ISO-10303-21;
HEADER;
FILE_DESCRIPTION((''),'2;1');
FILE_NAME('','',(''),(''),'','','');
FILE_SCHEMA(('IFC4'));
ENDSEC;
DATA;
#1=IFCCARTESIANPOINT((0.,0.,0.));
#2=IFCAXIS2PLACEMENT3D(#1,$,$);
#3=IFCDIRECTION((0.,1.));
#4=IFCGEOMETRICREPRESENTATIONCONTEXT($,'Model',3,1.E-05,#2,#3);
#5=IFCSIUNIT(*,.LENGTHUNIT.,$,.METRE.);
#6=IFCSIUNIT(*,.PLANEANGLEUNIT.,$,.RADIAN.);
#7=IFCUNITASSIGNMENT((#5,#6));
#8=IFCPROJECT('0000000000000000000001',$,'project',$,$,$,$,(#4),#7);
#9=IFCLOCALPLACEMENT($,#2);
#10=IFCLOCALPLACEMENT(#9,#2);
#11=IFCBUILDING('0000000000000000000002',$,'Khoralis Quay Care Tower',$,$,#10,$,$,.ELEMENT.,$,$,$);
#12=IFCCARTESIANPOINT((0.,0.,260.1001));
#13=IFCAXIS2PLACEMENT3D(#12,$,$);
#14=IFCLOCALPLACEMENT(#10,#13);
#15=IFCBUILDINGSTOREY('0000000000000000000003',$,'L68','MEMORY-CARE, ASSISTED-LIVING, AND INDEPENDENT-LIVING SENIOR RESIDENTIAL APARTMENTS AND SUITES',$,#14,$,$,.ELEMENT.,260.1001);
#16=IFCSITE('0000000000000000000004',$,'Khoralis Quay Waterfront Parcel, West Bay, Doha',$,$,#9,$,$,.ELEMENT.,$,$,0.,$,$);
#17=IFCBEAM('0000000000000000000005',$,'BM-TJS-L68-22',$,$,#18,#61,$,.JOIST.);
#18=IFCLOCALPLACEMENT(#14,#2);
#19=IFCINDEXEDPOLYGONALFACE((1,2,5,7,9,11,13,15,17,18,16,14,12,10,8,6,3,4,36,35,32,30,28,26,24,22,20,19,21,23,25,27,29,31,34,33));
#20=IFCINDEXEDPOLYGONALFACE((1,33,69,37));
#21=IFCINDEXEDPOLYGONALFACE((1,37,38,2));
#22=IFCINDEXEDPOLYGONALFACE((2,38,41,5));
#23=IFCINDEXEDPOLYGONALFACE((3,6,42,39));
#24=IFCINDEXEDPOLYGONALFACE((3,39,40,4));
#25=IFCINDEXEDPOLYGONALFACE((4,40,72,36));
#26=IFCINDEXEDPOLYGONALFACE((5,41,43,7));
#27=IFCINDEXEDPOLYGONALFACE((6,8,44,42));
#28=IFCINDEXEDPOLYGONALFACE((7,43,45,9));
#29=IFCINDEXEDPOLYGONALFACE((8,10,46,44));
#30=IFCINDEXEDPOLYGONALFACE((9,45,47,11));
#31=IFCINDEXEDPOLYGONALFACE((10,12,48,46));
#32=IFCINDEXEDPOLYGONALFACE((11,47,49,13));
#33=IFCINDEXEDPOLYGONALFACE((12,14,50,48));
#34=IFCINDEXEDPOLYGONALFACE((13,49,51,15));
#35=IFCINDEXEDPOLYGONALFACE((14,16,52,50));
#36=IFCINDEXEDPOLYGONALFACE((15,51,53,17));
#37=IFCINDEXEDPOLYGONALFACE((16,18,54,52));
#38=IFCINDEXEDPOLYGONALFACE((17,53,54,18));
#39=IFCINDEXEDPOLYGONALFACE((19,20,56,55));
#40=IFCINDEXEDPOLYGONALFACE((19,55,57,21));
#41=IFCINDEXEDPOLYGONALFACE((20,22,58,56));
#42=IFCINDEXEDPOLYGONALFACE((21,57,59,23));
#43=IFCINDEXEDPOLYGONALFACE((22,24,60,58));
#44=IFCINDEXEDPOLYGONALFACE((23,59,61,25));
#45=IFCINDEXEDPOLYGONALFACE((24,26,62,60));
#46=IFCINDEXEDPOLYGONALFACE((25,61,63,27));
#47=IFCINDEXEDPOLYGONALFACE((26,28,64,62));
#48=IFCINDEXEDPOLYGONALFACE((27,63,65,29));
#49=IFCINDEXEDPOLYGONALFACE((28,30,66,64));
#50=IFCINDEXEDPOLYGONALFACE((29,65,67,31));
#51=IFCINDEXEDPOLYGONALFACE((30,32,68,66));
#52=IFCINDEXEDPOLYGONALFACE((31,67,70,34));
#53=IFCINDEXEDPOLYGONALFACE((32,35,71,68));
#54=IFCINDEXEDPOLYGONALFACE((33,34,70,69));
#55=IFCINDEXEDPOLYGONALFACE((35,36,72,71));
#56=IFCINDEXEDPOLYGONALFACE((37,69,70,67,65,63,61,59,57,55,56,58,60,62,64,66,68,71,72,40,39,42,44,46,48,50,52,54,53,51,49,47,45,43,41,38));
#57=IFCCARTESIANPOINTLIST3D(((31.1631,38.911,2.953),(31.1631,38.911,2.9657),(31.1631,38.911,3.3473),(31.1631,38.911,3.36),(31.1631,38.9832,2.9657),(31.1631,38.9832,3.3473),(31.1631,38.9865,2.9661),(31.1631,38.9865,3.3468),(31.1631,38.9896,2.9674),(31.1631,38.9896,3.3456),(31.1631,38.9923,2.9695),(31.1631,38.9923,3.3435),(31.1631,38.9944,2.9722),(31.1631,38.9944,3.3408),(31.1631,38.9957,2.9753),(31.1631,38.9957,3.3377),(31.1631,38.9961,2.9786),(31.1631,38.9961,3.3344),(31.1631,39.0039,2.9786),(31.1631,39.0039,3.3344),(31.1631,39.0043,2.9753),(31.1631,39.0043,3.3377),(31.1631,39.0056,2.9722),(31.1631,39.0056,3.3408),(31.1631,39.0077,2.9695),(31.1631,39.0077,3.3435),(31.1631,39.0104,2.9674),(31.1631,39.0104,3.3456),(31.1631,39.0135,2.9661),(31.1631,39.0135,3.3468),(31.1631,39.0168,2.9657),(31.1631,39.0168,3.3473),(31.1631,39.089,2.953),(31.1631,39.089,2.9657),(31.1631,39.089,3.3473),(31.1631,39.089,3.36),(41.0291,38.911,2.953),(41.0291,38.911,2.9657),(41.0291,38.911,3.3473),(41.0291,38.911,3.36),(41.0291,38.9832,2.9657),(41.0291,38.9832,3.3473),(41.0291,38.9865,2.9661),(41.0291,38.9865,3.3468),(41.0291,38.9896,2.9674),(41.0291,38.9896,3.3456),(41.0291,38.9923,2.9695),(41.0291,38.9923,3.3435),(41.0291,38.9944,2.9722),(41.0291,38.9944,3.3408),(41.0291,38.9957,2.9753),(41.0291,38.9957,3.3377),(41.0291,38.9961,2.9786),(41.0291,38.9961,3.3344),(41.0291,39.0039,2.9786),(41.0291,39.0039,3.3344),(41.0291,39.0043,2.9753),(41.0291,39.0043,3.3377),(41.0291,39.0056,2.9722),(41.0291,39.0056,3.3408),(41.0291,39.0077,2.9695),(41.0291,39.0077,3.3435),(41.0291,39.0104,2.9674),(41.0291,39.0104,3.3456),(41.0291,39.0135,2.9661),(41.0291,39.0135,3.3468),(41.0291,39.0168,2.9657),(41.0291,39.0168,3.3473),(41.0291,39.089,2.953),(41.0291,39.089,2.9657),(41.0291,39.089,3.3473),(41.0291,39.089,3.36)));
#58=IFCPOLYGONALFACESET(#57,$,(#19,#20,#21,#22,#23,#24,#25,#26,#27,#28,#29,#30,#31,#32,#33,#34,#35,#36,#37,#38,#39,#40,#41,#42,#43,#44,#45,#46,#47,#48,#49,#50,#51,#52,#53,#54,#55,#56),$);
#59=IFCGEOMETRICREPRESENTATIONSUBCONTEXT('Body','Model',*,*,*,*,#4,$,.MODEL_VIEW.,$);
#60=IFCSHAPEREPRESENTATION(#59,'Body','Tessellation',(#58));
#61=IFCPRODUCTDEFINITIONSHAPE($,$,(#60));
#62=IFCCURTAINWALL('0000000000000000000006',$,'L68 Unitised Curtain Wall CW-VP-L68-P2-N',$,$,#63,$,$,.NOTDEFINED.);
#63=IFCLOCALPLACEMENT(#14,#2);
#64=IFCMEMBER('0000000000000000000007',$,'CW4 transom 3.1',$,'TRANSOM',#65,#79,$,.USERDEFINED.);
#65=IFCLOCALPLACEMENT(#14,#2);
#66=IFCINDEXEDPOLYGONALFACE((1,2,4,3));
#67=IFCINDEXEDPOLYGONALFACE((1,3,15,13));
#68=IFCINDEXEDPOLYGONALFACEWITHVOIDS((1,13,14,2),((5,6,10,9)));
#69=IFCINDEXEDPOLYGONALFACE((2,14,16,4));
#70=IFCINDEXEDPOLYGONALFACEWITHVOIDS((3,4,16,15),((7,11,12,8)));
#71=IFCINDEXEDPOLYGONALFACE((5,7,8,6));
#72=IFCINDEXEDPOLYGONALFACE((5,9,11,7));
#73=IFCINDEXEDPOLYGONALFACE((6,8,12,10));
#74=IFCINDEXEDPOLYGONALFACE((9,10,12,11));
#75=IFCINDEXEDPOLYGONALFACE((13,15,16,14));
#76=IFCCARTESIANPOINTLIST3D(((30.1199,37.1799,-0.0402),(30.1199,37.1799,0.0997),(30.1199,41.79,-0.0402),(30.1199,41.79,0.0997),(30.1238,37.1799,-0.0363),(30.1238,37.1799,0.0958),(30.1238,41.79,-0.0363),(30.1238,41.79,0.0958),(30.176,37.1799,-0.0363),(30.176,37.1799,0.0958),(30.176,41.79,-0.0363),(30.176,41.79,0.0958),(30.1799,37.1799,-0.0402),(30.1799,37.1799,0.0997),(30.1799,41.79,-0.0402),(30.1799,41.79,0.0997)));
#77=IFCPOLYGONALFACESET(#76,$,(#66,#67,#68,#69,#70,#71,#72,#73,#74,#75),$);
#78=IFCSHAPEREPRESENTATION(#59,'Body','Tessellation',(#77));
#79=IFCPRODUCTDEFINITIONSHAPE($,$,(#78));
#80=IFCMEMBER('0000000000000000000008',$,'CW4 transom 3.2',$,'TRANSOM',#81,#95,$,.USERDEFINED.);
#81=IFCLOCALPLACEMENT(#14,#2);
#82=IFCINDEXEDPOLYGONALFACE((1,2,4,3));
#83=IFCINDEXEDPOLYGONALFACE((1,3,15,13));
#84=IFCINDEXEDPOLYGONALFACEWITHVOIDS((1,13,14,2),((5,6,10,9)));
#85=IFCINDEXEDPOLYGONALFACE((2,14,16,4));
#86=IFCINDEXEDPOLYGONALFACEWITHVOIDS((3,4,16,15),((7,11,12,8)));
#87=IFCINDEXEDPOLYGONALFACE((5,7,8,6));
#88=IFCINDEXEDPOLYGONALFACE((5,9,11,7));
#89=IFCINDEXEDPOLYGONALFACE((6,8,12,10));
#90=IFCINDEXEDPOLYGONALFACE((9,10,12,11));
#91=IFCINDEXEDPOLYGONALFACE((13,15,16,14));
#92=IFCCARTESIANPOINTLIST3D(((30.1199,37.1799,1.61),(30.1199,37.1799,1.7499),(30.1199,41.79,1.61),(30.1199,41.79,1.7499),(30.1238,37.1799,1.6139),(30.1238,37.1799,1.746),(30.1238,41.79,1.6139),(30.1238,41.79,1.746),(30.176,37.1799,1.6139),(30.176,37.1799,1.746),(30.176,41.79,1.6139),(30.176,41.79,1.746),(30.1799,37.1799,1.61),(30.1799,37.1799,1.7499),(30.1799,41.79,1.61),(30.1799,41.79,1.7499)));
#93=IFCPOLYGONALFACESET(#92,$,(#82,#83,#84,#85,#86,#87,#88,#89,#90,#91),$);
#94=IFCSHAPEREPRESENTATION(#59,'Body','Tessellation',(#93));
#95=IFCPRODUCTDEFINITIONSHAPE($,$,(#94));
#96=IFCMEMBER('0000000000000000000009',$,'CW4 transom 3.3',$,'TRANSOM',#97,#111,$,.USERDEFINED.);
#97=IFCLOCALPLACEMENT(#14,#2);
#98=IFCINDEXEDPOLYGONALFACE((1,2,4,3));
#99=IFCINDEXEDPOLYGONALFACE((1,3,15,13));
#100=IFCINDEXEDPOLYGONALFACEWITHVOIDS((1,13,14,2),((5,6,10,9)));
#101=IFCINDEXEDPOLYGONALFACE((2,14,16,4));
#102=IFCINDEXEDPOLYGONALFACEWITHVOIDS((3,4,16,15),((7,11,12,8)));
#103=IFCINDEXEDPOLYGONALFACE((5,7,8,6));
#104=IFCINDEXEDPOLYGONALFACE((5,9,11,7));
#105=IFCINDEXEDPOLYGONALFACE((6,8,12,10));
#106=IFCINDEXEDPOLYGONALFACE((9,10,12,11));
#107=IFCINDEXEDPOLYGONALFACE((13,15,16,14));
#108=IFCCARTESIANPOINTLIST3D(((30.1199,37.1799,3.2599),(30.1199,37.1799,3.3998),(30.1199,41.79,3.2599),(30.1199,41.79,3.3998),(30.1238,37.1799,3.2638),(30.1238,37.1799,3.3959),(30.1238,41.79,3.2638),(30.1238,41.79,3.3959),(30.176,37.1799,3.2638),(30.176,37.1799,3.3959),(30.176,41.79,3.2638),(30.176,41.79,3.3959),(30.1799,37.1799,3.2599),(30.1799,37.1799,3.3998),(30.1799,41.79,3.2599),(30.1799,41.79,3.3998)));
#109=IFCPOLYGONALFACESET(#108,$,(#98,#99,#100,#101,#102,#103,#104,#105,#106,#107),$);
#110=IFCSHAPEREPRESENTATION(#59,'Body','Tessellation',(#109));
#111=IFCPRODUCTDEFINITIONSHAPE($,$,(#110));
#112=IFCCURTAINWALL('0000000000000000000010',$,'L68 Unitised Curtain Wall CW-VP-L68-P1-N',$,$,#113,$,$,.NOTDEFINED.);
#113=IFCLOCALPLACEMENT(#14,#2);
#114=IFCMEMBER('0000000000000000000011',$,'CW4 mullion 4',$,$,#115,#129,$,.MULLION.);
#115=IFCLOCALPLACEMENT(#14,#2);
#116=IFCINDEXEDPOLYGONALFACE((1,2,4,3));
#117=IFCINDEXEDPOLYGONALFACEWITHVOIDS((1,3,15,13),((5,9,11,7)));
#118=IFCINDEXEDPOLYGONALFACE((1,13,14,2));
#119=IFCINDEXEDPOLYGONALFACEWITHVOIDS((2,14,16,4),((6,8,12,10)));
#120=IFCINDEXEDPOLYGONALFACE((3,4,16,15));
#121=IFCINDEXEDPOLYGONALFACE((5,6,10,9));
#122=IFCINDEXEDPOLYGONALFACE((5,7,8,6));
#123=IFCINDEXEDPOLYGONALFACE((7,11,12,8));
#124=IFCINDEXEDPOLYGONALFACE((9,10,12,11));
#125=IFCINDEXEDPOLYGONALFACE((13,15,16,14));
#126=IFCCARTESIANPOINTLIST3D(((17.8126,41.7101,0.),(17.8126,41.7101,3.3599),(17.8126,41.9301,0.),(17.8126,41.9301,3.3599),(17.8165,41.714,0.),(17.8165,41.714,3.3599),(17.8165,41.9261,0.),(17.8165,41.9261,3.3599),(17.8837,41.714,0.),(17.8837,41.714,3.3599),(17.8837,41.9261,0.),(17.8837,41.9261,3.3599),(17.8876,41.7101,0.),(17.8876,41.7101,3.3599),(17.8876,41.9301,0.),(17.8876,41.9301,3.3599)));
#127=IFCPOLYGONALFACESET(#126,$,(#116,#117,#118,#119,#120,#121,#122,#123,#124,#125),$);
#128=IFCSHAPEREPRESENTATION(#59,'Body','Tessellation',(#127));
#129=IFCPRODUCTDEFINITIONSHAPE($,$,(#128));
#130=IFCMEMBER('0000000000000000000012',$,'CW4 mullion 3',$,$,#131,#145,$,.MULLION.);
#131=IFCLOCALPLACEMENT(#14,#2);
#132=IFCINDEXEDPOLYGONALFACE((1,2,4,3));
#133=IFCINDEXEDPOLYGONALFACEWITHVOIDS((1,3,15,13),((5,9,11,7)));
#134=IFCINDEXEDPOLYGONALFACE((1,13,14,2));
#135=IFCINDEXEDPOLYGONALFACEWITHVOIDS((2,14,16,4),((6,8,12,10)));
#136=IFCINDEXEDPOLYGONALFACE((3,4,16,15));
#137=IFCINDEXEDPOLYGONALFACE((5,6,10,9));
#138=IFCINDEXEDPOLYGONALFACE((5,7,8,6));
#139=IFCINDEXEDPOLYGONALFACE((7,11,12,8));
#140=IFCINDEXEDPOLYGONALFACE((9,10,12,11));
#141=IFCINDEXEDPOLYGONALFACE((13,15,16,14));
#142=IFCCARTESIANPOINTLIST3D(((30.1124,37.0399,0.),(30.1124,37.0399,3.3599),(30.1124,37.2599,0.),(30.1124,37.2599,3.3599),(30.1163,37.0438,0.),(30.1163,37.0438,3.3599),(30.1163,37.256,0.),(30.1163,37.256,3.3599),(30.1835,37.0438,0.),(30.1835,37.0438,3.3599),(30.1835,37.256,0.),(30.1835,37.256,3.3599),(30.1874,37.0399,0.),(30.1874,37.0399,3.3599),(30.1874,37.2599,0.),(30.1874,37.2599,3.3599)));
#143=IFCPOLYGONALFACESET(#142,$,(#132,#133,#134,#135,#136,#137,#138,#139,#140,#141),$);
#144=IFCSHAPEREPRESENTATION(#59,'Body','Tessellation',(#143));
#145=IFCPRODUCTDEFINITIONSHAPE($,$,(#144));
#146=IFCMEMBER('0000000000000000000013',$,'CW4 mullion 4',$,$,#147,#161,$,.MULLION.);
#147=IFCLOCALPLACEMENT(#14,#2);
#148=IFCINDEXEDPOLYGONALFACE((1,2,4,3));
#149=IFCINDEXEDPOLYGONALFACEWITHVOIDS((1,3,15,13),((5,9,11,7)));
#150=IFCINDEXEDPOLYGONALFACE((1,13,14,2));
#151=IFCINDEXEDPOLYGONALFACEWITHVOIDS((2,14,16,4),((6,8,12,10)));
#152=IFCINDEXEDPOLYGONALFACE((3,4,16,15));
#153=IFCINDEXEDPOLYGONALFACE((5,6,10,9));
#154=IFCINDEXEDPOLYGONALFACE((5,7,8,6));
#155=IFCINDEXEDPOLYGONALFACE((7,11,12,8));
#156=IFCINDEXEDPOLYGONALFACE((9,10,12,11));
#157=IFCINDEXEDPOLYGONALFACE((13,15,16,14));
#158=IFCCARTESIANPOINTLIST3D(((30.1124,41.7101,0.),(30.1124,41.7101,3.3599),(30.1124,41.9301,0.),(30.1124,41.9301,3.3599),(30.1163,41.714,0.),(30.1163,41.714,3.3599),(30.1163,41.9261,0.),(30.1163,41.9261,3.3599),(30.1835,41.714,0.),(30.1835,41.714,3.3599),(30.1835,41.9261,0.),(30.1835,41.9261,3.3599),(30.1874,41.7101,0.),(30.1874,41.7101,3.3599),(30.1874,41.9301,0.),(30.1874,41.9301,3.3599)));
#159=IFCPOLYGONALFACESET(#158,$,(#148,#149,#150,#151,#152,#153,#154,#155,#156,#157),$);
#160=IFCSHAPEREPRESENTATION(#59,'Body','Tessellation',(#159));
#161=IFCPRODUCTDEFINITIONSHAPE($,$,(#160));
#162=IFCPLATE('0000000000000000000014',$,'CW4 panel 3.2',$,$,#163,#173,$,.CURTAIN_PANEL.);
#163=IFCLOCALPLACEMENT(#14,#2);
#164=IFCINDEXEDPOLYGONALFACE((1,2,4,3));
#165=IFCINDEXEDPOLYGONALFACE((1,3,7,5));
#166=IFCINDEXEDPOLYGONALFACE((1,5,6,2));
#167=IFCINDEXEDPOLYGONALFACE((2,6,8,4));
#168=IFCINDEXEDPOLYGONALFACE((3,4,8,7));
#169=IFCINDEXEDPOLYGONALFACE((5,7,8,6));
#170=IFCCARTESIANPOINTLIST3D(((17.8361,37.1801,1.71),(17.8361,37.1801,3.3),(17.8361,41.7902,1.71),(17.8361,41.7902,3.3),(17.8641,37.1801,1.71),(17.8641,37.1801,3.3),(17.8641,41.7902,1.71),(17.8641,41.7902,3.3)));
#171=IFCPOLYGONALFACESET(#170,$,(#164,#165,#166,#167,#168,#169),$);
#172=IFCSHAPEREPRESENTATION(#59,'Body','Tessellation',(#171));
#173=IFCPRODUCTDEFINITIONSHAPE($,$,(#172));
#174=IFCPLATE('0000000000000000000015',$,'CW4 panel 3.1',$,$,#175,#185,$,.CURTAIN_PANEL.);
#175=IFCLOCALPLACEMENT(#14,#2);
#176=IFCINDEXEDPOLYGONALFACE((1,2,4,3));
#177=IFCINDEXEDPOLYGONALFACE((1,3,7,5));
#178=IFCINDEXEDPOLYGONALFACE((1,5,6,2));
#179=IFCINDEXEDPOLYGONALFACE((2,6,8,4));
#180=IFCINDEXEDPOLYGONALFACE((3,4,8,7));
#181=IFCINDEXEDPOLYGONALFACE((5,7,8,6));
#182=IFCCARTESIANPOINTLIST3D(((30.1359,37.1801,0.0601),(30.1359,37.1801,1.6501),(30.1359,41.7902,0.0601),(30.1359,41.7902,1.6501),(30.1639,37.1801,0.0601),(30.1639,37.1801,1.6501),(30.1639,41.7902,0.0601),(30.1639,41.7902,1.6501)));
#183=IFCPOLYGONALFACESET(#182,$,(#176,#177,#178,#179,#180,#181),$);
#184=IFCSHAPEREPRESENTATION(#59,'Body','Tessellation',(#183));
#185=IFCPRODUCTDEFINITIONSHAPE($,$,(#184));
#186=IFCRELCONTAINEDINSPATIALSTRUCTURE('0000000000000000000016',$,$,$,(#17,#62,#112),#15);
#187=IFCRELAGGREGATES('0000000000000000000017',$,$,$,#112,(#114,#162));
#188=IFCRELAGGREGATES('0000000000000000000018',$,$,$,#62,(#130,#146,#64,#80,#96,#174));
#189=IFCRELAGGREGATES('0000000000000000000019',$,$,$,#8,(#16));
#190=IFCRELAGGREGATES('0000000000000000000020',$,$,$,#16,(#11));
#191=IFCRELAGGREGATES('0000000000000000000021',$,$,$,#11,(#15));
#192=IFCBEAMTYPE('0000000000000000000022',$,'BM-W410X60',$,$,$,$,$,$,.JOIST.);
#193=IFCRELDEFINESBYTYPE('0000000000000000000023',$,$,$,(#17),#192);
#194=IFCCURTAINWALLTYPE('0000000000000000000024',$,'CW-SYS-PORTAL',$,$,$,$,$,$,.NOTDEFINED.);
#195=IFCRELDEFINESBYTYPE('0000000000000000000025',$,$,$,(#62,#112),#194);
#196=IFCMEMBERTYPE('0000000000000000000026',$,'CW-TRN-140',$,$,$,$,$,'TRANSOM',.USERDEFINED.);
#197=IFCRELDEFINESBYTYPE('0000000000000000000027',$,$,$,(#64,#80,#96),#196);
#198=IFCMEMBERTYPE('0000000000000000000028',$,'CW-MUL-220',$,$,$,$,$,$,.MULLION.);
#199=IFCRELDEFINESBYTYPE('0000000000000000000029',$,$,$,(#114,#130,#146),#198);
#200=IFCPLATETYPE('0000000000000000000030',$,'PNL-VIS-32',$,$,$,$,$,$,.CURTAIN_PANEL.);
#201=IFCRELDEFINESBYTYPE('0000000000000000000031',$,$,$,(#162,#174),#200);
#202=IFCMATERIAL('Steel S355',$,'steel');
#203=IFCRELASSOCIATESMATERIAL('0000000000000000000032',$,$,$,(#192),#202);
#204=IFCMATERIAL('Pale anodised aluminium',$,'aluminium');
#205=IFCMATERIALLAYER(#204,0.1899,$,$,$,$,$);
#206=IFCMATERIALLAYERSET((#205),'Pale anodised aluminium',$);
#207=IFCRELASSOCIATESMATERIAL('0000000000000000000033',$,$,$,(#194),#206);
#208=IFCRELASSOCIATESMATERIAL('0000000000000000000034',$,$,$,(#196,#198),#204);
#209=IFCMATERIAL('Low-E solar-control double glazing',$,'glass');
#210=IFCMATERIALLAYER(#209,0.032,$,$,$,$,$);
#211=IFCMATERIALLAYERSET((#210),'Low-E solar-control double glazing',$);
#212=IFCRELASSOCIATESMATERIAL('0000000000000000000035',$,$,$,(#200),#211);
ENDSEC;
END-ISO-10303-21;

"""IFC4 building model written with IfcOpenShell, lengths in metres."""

from ifc_helpers import new_model, si_unit, direction, frame, origin, origin_2d, place, context, subcontext, project, spatial, rectangle, hollow_rectangle, i_section, extrude, source, transform, mapped, material, layer, layer_set, material_profile, profile_set, type_object, element, aggregate, save


model = new_model("IFC4")

# Units and contexts
model_context = context("Model", 3, precision=1e-05, world=origin(), true_north=direction((0.0, 1.0)))
body_context = subcontext(model_context, "Body", "Model", "MODEL_VIEW")
ifc_project = project(units=[si_unit("LENGTHUNIT", "METRE"), si_unit("PLANEANGLEUNIT", "RADIAN")], contexts=[model_context])

# Site, building, storey
site_placement = place(None, origin())
site = spatial("IfcSite", under=ifc_project, at=site_placement, Name="Khoralis Quay Waterfront Parcel, West Bay, Doha", CompositionType="ELEMENT", RefElevation=0.0)
building_placement = place(site_placement, origin())
building = spatial("IfcBuilding", under=site, at=building_placement, Name="Khoralis Quay Care Tower", CompositionType="ELEMENT")
storey_placement = place(building_placement, frame((0.0, 0.0, 260.1001)))
storey = spatial("IfcBuildingStorey", under=building, at=storey_placement, Name="L68", Description="MEMORY-CARE, ASSISTED-LIVING, AND INDEPENDENT-LIVING SENIOR RESIDENTIAL APARTMENTS AND SUITES", CompositionType="ELEMENT", Elevation=260.1001)

# Beam
ifc_material_1 = material(Name="Steel S355", Category="steel")
ifc_material_profile_1 = material_profile(ifc_material_1, i_section(OverallWidth=0.178, OverallDepth=0.407, WebThickness=0.0078, FlangeThickness=0.0127, FilletRadius=0.0129, at=origin_2d()), Name="Steel S355")
ifc_profile_set_1 = profile_set([ifc_material_profile_1], Name="Steel S355")
beam_type_1 = type_object("IfcBeamType", Name="BM-W410X60", PredefinedType="JOIST", material=ifc_profile_set_1)
shared_shape_1 = source(origin(), body_context, "Body", "SweptSolid", [
    extrude(i_section(OverallWidth=0.178, OverallDepth=0.407, WebThickness=0.0078, FlangeThickness=0.0127, FilletRadius=0.0129, at=origin_2d()), origin(), (0.0, 0.0, 1.0), 9.866),
])
for number, where, z_axis, x_axis, name in (
    (1, (31.1631, 39.0, 3.1565), (1.0, 0.0, 0.0), (0.0, 1.0, 0.0), "BM-TJS-L68-22"),
):
    element("IfcBeam", number, at=place(storey_placement, frame(where, z_axis=z_axis, x_axis=x_axis)), inside=storey, type_object=beam_type_1, Name=name, PredefinedType="JOIST", context=body_context, shape_type="MappedRepresentation", body=[
        mapped(shared_shape_1, transform((0.0, 0.0, 0.0), scale=1.0)),
    ])

# Curtain wall, members
ifc_material_2 = material(Name="Pale anodised aluminium", Category="aluminium")
ifc_layer_1 = layer(ifc_material_2, 0.1899)
ifc_layer_set_1 = layer_set([ifc_layer_1], Name="Pale anodised aluminium")
curtain_wall_type = type_object("IfcCurtainWallType", Name="CW-SYS-PORTAL", PredefinedType="NOTDEFINED", material=ifc_layer_set_1)
curtain_wall_1_placement = place(storey_placement, origin())
curtain_wall_1 = element("IfcCurtainWall", 2, at=curtain_wall_1_placement, inside=storey, type_object=curtain_wall_type, Name="L68 Unitised Curtain Wall CW-VP-L68-P2-N", PredefinedType="NOTDEFINED")
ifc_material_profile_2 = material_profile(ifc_material_2, hollow_rectangle(XDim=0.0601, YDim=0.1399, WallThickness=0.0039, at=origin_2d()), Name="Pale anodised aluminium")
ifc_profile_set_2 = profile_set([ifc_material_profile_2], Name="Pale anodised aluminium")
member_type_1 = type_object("IfcMemberType", Name="CW-TRN-140", ElementType="TRANSOM", PredefinedType="USERDEFINED", material=ifc_profile_set_2)
shared_shape_2 = source(origin(), body_context, "Body", "SweptSolid", [
    extrude(hollow_rectangle(XDim=0.0601, YDim=0.1399, WallThickness=0.0039, at=origin_2d()), origin(), (0.0, 0.0, 1.0), 4.6101),
])
member_1_placement = place(storey_placement, frame((30.1499, 37.1799, 0.0298), z_axis=(0.0, 1.0, 0.0), x_axis=(-1.0, 0.0, 0.0)))
member_1 = element("IfcMember", 3, at=member_1_placement, type_object=member_type_1, Name="CW4 transom 3.1", ObjectType="TRANSOM", PredefinedType="USERDEFINED", context=body_context, shape_type="MappedRepresentation", body=[
    mapped(shared_shape_2, transform((0.0, 0.0, 0.0), scale=1.0)),
])
member_2_placement = place(storey_placement, frame((30.1499, 37.1799, 1.6799), z_axis=(0.0, 1.0, 0.0), x_axis=(-1.0, 0.0, 0.0)))
member_2 = element("IfcMember", 4, at=member_2_placement, type_object=member_type_1, Name="CW4 transom 3.2", ObjectType="TRANSOM", PredefinedType="USERDEFINED", context=body_context, shape_type="MappedRepresentation", body=[
    mapped(shared_shape_2, transform((0.0, 0.0, 0.0), scale=1.0)),
])
member_3_placement = place(storey_placement, frame((30.1499, 37.1799, 3.3298), z_axis=(0.0, 1.0, 0.0), x_axis=(-1.0, 0.0, 0.0)))
member_3 = element("IfcMember", 5, at=member_3_placement, type_object=member_type_1, Name="CW4 transom 3.3", ObjectType="TRANSOM", PredefinedType="USERDEFINED", context=body_context, shape_type="MappedRepresentation", body=[
    mapped(shared_shape_2, transform((0.0, 0.0, 0.0), scale=1.0)),
])

# Curtain wall, member
curtain_wall_2_placement = place(storey_placement, origin())
curtain_wall_2 = element("IfcCurtainWall", 6, at=curtain_wall_2_placement, inside=storey, type_object=curtain_wall_type, Name="L68 Unitised Curtain Wall CW-VP-L68-P1-N", PredefinedType="NOTDEFINED")
ifc_material_profile_3 = material_profile(ifc_material_2, hollow_rectangle(XDim=0.075, YDim=0.22, WallThickness=0.0039, at=origin_2d()), Name="Pale anodised aluminium")
ifc_profile_set_3 = profile_set([ifc_material_profile_3], Name="Pale anodised aluminium")
member_type_2 = type_object("IfcMemberType", Name="CW-MUL-220", PredefinedType="MULLION", material=ifc_profile_set_3)
shared_shape_3 = source(origin(), body_context, "Body", "SweptSolid", [
    extrude(hollow_rectangle(XDim=0.075, YDim=0.22, WallThickness=0.0039, at=origin_2d()), origin(), (0.0, 0.0, 1.0), 3.3599),
])
member_4_placement = place(storey_placement, frame((17.8501, 41.8201, 0.0), z_axis=(0.0, 0.0, 1.0), x_axis=(-1.0, 0.0, 0.0)))
member_4 = element("IfcMember", 7, at=member_4_placement, type_object=member_type_2, Name="CW4 mullion 4", PredefinedType="MULLION", context=body_context, shape_type="MappedRepresentation", body=[
    mapped(shared_shape_3, transform((0.0, 0.0, 0.0), scale=1.0)),
])

# Members
member_5_placement = place(storey_placement, frame((30.1499, 37.1499, 0.0), z_axis=(0.0, 0.0, 1.0), x_axis=(-1.0, 0.0, 0.0)))
member_5 = element("IfcMember", 8, at=member_5_placement, type_object=member_type_2, Name="CW4 mullion 3", PredefinedType="MULLION", context=body_context, shape_type="MappedRepresentation", body=[
    mapped(shared_shape_3, transform((0.0, 0.0, 0.0), scale=1.0)),
])
member_6_placement = place(storey_placement, frame((30.1499, 41.8201, 0.0), z_axis=(0.0, 0.0, 1.0), x_axis=(-1.0, 0.0, 0.0)))
member_6 = element("IfcMember", 9, at=member_6_placement, type_object=member_type_2, Name="CW4 mullion 4", PredefinedType="MULLION", context=body_context, shape_type="MappedRepresentation", body=[
    mapped(shared_shape_3, transform((0.0, 0.0, 0.0), scale=1.0)),
])

# Plates
ifc_material_3 = material(Name="Low-E solar-control double glazing", Category="glass")
ifc_layer_2 = layer(ifc_material_3, 0.032)
ifc_layer_set_2 = layer_set([ifc_layer_2], Name="Low-E solar-control double glazing")
plate_type = type_object("IfcPlateType", Name="PNL-VIS-32", PredefinedType="CURTAIN_PANEL", material=ifc_layer_set_2)
shared_shape_4 = source(origin(), body_context, "Body", "SweptSolid", [
    extrude(rectangle(XDim=4.6101, YDim=0.0281, at=origin_2d()), origin(), (0.0, 0.0, 1.0), 1.5901),
])
plate_1_placement = place(storey_placement, frame((17.8501, 39.4851, 1.71), z_axis=(0.0, 0.0, 1.0), x_axis=(0.0, 1.0, 0.0)))
plate_1 = element("IfcPlate", 10, at=plate_1_placement, type_object=plate_type, Name="CW4 panel 3.2", PredefinedType="CURTAIN_PANEL", context=body_context, shape_type="MappedRepresentation", body=[
    mapped(shared_shape_4, transform((0.0, 0.0, 0.0), scale=1.0)),
])
aggregate(curtain_wall_2, [member_4, plate_1])
plate_2_placement = place(storey_placement, frame((30.1499, 39.4851, 0.0601), z_axis=(0.0, 0.0, 1.0), x_axis=(0.0, 1.0, 0.0)))
plate_2 = element("IfcPlate", 11, at=plate_2_placement, type_object=plate_type, Name="CW4 panel 3.1", PredefinedType="CURTAIN_PANEL", context=body_context, shape_type="MappedRepresentation", body=[
    mapped(shared_shape_4, transform((0.0, 0.0, 0.0), scale=1.0)),
])
aggregate(curtain_wall_1, [member_5, member_6, member_1, member_2, member_3, plate_2])

save(model, "model.ifc")
